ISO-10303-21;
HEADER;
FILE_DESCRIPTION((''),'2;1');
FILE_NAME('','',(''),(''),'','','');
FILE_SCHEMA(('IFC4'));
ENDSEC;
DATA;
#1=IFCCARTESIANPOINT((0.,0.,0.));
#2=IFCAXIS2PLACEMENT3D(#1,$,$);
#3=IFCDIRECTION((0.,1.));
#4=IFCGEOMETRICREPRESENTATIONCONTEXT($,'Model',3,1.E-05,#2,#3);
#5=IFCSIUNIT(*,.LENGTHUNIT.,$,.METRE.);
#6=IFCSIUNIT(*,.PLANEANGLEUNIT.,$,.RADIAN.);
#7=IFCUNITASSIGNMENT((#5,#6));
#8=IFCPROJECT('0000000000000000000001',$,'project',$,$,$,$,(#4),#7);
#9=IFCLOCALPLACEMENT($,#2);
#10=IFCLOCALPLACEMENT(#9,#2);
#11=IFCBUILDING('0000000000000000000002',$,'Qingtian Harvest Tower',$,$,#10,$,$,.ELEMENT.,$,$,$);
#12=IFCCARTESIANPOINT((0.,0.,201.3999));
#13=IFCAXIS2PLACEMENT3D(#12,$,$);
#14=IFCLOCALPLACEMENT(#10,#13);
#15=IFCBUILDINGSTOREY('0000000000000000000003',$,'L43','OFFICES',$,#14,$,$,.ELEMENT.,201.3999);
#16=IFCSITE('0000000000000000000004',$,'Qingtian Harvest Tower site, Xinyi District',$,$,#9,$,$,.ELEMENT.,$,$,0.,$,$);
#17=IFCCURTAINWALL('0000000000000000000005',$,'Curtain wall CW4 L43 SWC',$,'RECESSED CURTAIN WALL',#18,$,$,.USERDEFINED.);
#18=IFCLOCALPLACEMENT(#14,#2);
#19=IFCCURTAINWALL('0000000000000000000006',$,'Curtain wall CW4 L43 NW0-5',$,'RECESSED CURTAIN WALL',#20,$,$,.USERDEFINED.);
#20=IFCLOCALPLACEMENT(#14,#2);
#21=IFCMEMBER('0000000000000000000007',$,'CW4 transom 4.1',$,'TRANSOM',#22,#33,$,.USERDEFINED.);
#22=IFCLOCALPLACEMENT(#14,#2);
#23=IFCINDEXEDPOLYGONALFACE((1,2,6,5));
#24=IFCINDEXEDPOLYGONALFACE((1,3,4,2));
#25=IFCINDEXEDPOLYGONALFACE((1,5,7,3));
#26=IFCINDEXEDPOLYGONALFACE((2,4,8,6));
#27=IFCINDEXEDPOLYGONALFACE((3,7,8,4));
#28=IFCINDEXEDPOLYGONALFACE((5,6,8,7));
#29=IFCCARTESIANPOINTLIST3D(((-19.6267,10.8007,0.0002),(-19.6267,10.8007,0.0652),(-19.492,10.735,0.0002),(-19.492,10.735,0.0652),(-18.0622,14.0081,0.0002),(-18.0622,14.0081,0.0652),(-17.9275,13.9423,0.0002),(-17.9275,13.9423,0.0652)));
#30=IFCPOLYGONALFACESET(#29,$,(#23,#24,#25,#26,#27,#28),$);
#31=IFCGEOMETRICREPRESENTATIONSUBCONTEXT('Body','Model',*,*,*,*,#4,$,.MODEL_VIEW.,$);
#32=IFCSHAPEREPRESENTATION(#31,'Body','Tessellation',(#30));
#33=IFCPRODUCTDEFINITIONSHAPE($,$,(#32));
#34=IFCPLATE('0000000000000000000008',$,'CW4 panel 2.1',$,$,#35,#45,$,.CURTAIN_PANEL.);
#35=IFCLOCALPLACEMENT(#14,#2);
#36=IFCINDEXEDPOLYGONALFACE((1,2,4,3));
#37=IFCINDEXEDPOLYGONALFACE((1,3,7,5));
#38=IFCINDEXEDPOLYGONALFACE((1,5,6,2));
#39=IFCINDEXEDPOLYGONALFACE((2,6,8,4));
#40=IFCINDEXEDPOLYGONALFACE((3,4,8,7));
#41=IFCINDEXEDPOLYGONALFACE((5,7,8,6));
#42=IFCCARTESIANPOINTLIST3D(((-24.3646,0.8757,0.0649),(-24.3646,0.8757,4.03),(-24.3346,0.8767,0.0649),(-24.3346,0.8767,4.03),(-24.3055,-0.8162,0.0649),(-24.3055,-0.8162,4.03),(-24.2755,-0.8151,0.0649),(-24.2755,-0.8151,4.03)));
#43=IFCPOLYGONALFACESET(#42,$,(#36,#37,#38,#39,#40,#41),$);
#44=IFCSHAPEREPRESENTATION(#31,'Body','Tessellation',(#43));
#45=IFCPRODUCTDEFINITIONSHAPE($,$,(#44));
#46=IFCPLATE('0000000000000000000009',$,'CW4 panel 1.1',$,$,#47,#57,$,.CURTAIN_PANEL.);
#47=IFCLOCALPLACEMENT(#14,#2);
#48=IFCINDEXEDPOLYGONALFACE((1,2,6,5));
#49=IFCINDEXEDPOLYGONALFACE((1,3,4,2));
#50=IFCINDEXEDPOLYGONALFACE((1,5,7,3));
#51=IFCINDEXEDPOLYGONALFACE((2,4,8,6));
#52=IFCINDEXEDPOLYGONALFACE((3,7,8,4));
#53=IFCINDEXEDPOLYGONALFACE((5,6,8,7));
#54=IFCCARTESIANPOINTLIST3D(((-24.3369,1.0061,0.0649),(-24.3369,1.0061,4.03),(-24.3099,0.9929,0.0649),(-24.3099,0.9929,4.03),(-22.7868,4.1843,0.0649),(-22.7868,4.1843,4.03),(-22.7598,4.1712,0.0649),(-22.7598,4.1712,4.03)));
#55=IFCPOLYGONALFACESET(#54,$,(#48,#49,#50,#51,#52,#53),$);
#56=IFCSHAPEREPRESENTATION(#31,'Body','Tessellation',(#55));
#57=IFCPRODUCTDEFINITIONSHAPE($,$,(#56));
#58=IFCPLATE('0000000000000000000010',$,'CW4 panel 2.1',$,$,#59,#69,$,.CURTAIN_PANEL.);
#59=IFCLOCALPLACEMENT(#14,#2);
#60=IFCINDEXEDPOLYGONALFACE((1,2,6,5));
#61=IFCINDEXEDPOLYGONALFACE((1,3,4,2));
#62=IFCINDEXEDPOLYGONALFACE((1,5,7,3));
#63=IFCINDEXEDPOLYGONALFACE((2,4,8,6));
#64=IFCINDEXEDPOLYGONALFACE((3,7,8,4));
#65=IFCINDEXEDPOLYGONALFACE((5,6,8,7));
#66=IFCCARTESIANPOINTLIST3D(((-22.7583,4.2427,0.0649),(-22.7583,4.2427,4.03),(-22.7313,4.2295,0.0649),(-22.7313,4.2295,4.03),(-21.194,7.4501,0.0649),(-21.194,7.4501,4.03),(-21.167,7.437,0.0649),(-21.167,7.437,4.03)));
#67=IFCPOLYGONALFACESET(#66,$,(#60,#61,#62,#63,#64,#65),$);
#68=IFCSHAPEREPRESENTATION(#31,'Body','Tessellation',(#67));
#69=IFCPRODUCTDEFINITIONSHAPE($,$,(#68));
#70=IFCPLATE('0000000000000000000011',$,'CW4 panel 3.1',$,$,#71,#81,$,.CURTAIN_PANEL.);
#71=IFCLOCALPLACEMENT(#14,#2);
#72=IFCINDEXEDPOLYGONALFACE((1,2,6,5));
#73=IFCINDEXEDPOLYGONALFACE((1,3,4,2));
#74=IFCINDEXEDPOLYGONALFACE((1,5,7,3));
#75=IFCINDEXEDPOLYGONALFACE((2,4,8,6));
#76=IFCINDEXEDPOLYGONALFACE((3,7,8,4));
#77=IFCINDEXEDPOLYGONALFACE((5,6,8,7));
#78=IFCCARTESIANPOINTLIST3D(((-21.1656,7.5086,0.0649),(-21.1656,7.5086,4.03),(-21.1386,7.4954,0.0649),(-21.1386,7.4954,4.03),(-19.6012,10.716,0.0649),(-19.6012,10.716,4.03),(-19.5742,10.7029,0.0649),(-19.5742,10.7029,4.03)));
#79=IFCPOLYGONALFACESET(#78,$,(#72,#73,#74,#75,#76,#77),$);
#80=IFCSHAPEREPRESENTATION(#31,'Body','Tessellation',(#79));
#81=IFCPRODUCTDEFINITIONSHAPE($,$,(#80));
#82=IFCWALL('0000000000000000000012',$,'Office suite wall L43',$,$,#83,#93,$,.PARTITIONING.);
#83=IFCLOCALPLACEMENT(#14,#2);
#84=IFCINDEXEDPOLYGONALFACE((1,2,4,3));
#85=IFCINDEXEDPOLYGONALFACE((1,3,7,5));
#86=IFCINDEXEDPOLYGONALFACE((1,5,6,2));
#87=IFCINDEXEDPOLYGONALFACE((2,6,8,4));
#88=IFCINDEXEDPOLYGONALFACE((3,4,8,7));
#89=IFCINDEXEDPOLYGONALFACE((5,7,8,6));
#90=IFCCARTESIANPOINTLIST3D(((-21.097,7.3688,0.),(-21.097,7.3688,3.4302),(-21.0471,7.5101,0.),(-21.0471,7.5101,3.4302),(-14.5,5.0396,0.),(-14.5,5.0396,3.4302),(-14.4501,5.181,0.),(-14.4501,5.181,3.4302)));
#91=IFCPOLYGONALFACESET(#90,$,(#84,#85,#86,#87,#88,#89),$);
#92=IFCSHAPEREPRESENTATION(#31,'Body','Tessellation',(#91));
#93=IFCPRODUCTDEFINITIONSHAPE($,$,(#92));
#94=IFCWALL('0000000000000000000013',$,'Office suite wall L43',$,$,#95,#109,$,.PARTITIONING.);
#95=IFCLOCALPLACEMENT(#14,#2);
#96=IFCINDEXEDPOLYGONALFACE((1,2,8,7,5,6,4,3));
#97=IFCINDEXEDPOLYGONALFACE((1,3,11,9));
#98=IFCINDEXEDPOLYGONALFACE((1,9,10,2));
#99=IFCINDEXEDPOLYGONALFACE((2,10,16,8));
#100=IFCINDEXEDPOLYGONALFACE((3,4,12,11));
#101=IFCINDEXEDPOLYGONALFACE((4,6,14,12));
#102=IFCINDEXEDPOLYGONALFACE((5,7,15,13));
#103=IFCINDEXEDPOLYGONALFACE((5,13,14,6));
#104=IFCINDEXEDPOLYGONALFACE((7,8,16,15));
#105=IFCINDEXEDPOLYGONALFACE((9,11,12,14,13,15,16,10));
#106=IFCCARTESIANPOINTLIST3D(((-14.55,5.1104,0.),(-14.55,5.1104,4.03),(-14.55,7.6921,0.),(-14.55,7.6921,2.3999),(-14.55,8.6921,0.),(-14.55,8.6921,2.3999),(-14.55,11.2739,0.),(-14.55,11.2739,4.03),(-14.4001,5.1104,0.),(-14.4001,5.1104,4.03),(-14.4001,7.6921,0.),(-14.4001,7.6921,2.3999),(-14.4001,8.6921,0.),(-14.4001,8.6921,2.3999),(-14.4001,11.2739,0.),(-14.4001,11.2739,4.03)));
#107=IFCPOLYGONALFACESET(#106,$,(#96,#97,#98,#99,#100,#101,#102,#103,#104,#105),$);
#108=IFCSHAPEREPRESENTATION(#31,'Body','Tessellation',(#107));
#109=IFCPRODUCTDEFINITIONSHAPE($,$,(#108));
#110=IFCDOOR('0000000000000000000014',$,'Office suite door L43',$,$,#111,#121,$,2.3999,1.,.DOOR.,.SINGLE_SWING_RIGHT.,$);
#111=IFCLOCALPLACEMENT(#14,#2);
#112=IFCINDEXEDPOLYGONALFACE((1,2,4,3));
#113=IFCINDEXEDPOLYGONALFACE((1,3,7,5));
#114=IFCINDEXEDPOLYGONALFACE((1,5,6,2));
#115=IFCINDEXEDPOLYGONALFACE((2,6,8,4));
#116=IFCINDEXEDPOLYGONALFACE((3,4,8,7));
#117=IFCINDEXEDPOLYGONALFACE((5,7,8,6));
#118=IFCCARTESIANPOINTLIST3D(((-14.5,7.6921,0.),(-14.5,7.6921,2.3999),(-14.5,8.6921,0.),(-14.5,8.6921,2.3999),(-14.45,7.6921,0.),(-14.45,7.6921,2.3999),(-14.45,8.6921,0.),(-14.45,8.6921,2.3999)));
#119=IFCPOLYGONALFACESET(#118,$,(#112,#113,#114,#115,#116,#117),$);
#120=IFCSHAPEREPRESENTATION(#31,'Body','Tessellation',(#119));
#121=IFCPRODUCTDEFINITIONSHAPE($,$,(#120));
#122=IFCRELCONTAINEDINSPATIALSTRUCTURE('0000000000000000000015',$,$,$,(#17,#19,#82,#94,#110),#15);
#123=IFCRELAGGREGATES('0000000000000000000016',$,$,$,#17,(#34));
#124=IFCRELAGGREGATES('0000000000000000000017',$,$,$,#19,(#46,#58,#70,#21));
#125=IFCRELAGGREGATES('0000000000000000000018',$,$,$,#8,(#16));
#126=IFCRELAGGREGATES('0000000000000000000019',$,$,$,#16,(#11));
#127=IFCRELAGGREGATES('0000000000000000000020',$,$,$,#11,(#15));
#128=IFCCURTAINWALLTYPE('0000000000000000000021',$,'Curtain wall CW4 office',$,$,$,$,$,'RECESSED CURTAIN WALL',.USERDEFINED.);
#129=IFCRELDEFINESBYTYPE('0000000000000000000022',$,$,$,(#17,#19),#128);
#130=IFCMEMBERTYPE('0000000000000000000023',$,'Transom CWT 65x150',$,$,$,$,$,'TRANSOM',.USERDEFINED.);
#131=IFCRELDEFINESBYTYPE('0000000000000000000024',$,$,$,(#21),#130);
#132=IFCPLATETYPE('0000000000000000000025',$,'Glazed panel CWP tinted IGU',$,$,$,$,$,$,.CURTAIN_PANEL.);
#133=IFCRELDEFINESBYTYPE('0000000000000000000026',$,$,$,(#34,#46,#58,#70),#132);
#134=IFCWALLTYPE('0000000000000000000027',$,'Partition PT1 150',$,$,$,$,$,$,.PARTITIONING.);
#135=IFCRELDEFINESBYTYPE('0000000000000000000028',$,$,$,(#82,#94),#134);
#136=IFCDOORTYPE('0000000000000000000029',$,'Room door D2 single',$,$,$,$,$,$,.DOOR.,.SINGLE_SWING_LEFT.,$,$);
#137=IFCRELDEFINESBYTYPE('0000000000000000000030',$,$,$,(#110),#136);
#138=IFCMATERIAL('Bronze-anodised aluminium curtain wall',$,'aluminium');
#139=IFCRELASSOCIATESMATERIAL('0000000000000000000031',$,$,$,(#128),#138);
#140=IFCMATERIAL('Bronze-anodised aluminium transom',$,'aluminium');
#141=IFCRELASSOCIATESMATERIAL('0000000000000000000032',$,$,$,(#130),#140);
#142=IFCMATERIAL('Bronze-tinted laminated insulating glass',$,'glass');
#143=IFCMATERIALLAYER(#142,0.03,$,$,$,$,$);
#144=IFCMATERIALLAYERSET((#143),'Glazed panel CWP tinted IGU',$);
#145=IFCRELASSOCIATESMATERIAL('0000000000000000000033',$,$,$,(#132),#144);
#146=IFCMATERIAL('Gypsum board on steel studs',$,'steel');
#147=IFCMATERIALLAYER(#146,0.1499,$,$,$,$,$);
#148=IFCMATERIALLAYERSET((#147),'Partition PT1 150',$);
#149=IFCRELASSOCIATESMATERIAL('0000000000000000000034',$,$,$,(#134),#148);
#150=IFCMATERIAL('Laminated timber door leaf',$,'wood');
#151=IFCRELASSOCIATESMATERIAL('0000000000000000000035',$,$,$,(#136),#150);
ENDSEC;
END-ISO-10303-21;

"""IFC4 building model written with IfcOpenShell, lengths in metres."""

from ifc_helpers import new_model, si_unit, direction, frame, frame_2d, origin, origin_2d, place, context, subcontext, project, spatial, rectangle, extrude, material, layer, layer_set, material_profile, profile_set, type_object, element, fill, aggregate, save


model = new_model("IFC4")

# Units and contexts
model_context = context("Model", 3, precision=1e-05, world=origin(), true_north=direction((0.0, 1.0)))
body_context = subcontext(model_context, "Body", "Model", "MODEL_VIEW")
ifc_project = project(units=[si_unit("LENGTHUNIT", "METRE"), si_unit("PLANEANGLEUNIT", "RADIAN")], contexts=[model_context])

# Site, building, storey
site_placement = place(None, origin())
site = spatial("IfcSite", under=ifc_project, at=site_placement, Name="Qingtian Harvest Tower site, Xinyi District", CompositionType="ELEMENT", RefElevation=0.0)
building_placement = place(site_placement, origin())
building = spatial("IfcBuilding", under=site, at=building_placement, Name="Qingtian Harvest Tower", CompositionType="ELEMENT")
storey_placement = place(building_placement, frame((0.0, 0.0, 201.3999)))
storey = spatial("IfcBuildingStorey", under=building, at=storey_placement, Name="L43", Description="OFFICES", CompositionType="ELEMENT", Elevation=201.3999)

# Curtain wall
ifc_material_1 = material(Name="Bronze-anodised aluminium curtain wall", Category="aluminium")
curtain_wall_type = type_object("IfcCurtainWallType", Name="Curtain wall CW4 office", ElementType="RECESSED CURTAIN WALL", PredefinedType="USERDEFINED", material=ifc_material_1)
curtain_wall_1_placement = place(storey_placement, origin())
curtain_wall_1 = element("IfcCurtainWall", 1, at=curtain_wall_1_placement, inside=storey, type_object=curtain_wall_type, Name="Curtain wall CW4 L43 SWC", ObjectType="RECESSED CURTAIN WALL", PredefinedType="USERDEFINED")

# Curtain wall
curtain_wall_2_placement = place(storey_placement, origin())
curtain_wall_2 = element("IfcCurtainWall", 2, at=curtain_wall_2_placement, inside=storey, type_object=curtain_wall_type, Name="Curtain wall CW4 L43 NW0-5", ObjectType="RECESSED CURTAIN WALL", PredefinedType="USERDEFINED")

# Member
ifc_material_2 = material(Name="Bronze-anodised aluminium transom", Category="aluminium")
ifc_material_profile_1 = material_profile(ifc_material_2, rectangle(XDim=0.1499, YDim=0.0649, at=origin_2d()), Name="AL 65x150")
ifc_profile_set_1 = profile_set([ifc_material_profile_1], Name="Bronze-anodised aluminium transom")
member_type_1 = type_object("IfcMemberType", Name="Transom CWT 65x150", ElementType="TRANSOM", PredefinedType="USERDEFINED", material=ifc_profile_set_1)
member_1_placement = place(storey_placement, frame((-19.5593, 10.7678, 0.0327), z_axis=(0.438407, 0.898776, 0.0), x_axis=(-0.898776, 0.438407, 0.0)))
member_1 = element("IfcMember", 3, at=member_1_placement, type_object=member_type_1, Name="CW4 transom 4.1", ObjectType="TRANSOM", PredefinedType="USERDEFINED", context=body_context, shape_type="SweptSolid", body=[
    extrude(rectangle(XDim=0.1499, YDim=0.0649, at=origin_2d()), origin(), (0.0, 0.0, 1.0), 3.5686),
])

# Plates
ifc_material_3 = material(Name="Bronze-tinted laminated insulating glass", Category="glass")
ifc_layer_1 = layer(ifc_material_3, 0.03)
ifc_layer_set_1 = layer_set([ifc_layer_1], Name="Glazed panel CWP tinted IGU")
plate_type = type_object("IfcPlateType", Name="Glazed panel CWP tinted IGU", PredefinedType="CURTAIN_PANEL", material=ifc_layer_set_1)
plate_1_placement = place(storey_placement, frame((-24.3201, 0.0303, 0.0649), z_axis=(0.0, 0.0, 1.0), x_axis=(-0.034899, 0.999391, 0.0)))
plate_1 = element("IfcPlate", 4, at=plate_1_placement, type_object=plate_type, Name="CW4 panel 2.1", PredefinedType="CURTAIN_PANEL", context=body_context, shape_type="SweptSolid", body=[
    extrude(rectangle(XDim=1.6929, YDim=0.03, at=origin_2d()), origin(), (0.0, 0.0, 1.0), 3.9651),
])
aggregate(curtain_wall_1, [plate_1])
plate_2_placement = place(storey_placement, frame((-23.5483, 2.5886, 0.0649), z_axis=(0.0, 0.0, 1.0), x_axis=(0.438371, 0.898794, 0.0)))
plate_2 = element("IfcPlate", 5, at=plate_2_placement, type_object=plate_type, Name="CW4 panel 1.1", PredefinedType="CURTAIN_PANEL", context=body_context, shape_type="SweptSolid", body=[
    extrude(rectangle(XDim=3.5361, YDim=0.03, at=origin_2d()), origin(), (0.0, 0.0, 1.0), 3.9651),
])
plate_3_placement = place(storey_placement, frame((-21.9626, 5.8398, 0.0649), z_axis=(0.0, 0.0, 1.0), x_axis=(0.438371, 0.898794, 0.0)))
plate_3 = element("IfcPlate", 6, at=plate_3_placement, type_object=plate_type, Name="CW4 panel 2.1", PredefinedType="CURTAIN_PANEL", context=body_context, shape_type="SweptSolid", body=[
    extrude(rectangle(XDim=3.5686, YDim=0.03, at=origin_2d()), origin(), (0.0, 0.0, 1.0), 3.9651),
])
plate_4_placement = place(storey_placement, frame((-20.3699, 9.1057, 0.0649), z_axis=(0.0, 0.0, 1.0), x_axis=(0.438371, 0.898794, 0.0)))
plate_4 = element("IfcPlate", 7, at=plate_4_placement, type_object=plate_type, Name="CW4 panel 3.1", PredefinedType="CURTAIN_PANEL", context=body_context, shape_type="SweptSolid", body=[
    extrude(rectangle(XDim=3.5686, YDim=0.03, at=origin_2d()), origin(), (0.0, 0.0, 1.0), 3.9651),
])
aggregate(curtain_wall_2, [plate_2, plate_3, plate_4, member_1])

# Wall
ifc_material_4 = material(Name="Gypsum board on steel studs", Category="steel")
ifc_layer_2 = layer(ifc_material_4, 0.1499)
ifc_layer_set_2 = layer_set([ifc_layer_2], Name="Partition PT1 150")
wall_type = type_object("IfcWallType", Name="Partition PT1 150", PredefinedType="PARTITIONING", material=ifc_layer_set_2)
wall_1_placement = place(storey_placement, frame((-21.072, 7.4395, 0.0), z_axis=(0.0, 0.0, 1.0), x_axis=(0.942956, -0.332919, 0.0)))
element("IfcWall", 8, at=wall_1_placement, inside=storey, type_object=wall_type, Name="Office suite wall L43", PredefinedType="PARTITIONING", context=body_context, shape_type="SweptSolid", body=[
    extrude(rectangle(XDim=6.9961, YDim=0.1499, at=frame_2d((3.498, 0.0))), origin(), (0.0, 0.0, 1.0), 3.4302),
])

# Wall, opening, door
wall_2_placement = place(storey_placement, frame((-14.4751, 5.1104, 0.0), z_axis=(0.0, 0.0, 1.0), x_axis=(0.0, 1.0, 0.0)))
wall_2 = element("IfcWall", 9, at=wall_2_placement, inside=storey, type_object=wall_type, Name="Office suite wall L43", PredefinedType="PARTITIONING", context=body_context, shape_type="SweptSolid", body=[
    extrude(rectangle(XDim=6.1636, YDim=0.1499, at=frame_2d((3.0818, 0.0))), origin(), (0.0, 0.0, 1.0), 4.03),
])
opening_placement = place(wall_2_placement, frame((2.5818, 0.0, 0.0)))
opening = element("IfcOpeningElement", 10, at=opening_placement, cuts=wall_2, PredefinedType="OPENING", context=body_context, shape_type="SweptSolid", body=[
    extrude(rectangle(XDim=1.0, YDim=2.3999, at=frame_2d((0.5, 1.2))), frame((0.0, 0.085, 0.0), z_axis=(0.0, -1.0, 0.0), x_axis=(1.0, 0.0, 0.0)), (0.0, 0.0, 1.0), 0.1699),
])
ifc_material_5 = material(Name="Laminated timber door leaf", Category="wood")
door_type = type_object("IfcDoorType", Name="Room door D2 single", OperationType="SINGLE_SWING_LEFT", PredefinedType="DOOR", material=ifc_material_5)
door_placement = place(opening_placement, origin())
door = element("IfcDoor", 11, at=door_placement, inside=storey, type_object=door_type, Name="Office suite door L43", OperationType="SINGLE_SWING_RIGHT", OverallHeight=2.3999, OverallWidth=1.0, PredefinedType="DOOR", context=body_context, shape_type="SweptSolid", body=[
    extrude(rectangle(XDim=1.0, YDim=2.3999, at=frame_2d((0.5, 1.2))), frame((0.0, 0.0249, 0.0), z_axis=(0.0, -1.0, 0.0), x_axis=(1.0, 0.0, 0.0)), (0.0, 0.0, 1.0), 0.05),
])
fill(opening, door)

save(model, "model.ifc")
